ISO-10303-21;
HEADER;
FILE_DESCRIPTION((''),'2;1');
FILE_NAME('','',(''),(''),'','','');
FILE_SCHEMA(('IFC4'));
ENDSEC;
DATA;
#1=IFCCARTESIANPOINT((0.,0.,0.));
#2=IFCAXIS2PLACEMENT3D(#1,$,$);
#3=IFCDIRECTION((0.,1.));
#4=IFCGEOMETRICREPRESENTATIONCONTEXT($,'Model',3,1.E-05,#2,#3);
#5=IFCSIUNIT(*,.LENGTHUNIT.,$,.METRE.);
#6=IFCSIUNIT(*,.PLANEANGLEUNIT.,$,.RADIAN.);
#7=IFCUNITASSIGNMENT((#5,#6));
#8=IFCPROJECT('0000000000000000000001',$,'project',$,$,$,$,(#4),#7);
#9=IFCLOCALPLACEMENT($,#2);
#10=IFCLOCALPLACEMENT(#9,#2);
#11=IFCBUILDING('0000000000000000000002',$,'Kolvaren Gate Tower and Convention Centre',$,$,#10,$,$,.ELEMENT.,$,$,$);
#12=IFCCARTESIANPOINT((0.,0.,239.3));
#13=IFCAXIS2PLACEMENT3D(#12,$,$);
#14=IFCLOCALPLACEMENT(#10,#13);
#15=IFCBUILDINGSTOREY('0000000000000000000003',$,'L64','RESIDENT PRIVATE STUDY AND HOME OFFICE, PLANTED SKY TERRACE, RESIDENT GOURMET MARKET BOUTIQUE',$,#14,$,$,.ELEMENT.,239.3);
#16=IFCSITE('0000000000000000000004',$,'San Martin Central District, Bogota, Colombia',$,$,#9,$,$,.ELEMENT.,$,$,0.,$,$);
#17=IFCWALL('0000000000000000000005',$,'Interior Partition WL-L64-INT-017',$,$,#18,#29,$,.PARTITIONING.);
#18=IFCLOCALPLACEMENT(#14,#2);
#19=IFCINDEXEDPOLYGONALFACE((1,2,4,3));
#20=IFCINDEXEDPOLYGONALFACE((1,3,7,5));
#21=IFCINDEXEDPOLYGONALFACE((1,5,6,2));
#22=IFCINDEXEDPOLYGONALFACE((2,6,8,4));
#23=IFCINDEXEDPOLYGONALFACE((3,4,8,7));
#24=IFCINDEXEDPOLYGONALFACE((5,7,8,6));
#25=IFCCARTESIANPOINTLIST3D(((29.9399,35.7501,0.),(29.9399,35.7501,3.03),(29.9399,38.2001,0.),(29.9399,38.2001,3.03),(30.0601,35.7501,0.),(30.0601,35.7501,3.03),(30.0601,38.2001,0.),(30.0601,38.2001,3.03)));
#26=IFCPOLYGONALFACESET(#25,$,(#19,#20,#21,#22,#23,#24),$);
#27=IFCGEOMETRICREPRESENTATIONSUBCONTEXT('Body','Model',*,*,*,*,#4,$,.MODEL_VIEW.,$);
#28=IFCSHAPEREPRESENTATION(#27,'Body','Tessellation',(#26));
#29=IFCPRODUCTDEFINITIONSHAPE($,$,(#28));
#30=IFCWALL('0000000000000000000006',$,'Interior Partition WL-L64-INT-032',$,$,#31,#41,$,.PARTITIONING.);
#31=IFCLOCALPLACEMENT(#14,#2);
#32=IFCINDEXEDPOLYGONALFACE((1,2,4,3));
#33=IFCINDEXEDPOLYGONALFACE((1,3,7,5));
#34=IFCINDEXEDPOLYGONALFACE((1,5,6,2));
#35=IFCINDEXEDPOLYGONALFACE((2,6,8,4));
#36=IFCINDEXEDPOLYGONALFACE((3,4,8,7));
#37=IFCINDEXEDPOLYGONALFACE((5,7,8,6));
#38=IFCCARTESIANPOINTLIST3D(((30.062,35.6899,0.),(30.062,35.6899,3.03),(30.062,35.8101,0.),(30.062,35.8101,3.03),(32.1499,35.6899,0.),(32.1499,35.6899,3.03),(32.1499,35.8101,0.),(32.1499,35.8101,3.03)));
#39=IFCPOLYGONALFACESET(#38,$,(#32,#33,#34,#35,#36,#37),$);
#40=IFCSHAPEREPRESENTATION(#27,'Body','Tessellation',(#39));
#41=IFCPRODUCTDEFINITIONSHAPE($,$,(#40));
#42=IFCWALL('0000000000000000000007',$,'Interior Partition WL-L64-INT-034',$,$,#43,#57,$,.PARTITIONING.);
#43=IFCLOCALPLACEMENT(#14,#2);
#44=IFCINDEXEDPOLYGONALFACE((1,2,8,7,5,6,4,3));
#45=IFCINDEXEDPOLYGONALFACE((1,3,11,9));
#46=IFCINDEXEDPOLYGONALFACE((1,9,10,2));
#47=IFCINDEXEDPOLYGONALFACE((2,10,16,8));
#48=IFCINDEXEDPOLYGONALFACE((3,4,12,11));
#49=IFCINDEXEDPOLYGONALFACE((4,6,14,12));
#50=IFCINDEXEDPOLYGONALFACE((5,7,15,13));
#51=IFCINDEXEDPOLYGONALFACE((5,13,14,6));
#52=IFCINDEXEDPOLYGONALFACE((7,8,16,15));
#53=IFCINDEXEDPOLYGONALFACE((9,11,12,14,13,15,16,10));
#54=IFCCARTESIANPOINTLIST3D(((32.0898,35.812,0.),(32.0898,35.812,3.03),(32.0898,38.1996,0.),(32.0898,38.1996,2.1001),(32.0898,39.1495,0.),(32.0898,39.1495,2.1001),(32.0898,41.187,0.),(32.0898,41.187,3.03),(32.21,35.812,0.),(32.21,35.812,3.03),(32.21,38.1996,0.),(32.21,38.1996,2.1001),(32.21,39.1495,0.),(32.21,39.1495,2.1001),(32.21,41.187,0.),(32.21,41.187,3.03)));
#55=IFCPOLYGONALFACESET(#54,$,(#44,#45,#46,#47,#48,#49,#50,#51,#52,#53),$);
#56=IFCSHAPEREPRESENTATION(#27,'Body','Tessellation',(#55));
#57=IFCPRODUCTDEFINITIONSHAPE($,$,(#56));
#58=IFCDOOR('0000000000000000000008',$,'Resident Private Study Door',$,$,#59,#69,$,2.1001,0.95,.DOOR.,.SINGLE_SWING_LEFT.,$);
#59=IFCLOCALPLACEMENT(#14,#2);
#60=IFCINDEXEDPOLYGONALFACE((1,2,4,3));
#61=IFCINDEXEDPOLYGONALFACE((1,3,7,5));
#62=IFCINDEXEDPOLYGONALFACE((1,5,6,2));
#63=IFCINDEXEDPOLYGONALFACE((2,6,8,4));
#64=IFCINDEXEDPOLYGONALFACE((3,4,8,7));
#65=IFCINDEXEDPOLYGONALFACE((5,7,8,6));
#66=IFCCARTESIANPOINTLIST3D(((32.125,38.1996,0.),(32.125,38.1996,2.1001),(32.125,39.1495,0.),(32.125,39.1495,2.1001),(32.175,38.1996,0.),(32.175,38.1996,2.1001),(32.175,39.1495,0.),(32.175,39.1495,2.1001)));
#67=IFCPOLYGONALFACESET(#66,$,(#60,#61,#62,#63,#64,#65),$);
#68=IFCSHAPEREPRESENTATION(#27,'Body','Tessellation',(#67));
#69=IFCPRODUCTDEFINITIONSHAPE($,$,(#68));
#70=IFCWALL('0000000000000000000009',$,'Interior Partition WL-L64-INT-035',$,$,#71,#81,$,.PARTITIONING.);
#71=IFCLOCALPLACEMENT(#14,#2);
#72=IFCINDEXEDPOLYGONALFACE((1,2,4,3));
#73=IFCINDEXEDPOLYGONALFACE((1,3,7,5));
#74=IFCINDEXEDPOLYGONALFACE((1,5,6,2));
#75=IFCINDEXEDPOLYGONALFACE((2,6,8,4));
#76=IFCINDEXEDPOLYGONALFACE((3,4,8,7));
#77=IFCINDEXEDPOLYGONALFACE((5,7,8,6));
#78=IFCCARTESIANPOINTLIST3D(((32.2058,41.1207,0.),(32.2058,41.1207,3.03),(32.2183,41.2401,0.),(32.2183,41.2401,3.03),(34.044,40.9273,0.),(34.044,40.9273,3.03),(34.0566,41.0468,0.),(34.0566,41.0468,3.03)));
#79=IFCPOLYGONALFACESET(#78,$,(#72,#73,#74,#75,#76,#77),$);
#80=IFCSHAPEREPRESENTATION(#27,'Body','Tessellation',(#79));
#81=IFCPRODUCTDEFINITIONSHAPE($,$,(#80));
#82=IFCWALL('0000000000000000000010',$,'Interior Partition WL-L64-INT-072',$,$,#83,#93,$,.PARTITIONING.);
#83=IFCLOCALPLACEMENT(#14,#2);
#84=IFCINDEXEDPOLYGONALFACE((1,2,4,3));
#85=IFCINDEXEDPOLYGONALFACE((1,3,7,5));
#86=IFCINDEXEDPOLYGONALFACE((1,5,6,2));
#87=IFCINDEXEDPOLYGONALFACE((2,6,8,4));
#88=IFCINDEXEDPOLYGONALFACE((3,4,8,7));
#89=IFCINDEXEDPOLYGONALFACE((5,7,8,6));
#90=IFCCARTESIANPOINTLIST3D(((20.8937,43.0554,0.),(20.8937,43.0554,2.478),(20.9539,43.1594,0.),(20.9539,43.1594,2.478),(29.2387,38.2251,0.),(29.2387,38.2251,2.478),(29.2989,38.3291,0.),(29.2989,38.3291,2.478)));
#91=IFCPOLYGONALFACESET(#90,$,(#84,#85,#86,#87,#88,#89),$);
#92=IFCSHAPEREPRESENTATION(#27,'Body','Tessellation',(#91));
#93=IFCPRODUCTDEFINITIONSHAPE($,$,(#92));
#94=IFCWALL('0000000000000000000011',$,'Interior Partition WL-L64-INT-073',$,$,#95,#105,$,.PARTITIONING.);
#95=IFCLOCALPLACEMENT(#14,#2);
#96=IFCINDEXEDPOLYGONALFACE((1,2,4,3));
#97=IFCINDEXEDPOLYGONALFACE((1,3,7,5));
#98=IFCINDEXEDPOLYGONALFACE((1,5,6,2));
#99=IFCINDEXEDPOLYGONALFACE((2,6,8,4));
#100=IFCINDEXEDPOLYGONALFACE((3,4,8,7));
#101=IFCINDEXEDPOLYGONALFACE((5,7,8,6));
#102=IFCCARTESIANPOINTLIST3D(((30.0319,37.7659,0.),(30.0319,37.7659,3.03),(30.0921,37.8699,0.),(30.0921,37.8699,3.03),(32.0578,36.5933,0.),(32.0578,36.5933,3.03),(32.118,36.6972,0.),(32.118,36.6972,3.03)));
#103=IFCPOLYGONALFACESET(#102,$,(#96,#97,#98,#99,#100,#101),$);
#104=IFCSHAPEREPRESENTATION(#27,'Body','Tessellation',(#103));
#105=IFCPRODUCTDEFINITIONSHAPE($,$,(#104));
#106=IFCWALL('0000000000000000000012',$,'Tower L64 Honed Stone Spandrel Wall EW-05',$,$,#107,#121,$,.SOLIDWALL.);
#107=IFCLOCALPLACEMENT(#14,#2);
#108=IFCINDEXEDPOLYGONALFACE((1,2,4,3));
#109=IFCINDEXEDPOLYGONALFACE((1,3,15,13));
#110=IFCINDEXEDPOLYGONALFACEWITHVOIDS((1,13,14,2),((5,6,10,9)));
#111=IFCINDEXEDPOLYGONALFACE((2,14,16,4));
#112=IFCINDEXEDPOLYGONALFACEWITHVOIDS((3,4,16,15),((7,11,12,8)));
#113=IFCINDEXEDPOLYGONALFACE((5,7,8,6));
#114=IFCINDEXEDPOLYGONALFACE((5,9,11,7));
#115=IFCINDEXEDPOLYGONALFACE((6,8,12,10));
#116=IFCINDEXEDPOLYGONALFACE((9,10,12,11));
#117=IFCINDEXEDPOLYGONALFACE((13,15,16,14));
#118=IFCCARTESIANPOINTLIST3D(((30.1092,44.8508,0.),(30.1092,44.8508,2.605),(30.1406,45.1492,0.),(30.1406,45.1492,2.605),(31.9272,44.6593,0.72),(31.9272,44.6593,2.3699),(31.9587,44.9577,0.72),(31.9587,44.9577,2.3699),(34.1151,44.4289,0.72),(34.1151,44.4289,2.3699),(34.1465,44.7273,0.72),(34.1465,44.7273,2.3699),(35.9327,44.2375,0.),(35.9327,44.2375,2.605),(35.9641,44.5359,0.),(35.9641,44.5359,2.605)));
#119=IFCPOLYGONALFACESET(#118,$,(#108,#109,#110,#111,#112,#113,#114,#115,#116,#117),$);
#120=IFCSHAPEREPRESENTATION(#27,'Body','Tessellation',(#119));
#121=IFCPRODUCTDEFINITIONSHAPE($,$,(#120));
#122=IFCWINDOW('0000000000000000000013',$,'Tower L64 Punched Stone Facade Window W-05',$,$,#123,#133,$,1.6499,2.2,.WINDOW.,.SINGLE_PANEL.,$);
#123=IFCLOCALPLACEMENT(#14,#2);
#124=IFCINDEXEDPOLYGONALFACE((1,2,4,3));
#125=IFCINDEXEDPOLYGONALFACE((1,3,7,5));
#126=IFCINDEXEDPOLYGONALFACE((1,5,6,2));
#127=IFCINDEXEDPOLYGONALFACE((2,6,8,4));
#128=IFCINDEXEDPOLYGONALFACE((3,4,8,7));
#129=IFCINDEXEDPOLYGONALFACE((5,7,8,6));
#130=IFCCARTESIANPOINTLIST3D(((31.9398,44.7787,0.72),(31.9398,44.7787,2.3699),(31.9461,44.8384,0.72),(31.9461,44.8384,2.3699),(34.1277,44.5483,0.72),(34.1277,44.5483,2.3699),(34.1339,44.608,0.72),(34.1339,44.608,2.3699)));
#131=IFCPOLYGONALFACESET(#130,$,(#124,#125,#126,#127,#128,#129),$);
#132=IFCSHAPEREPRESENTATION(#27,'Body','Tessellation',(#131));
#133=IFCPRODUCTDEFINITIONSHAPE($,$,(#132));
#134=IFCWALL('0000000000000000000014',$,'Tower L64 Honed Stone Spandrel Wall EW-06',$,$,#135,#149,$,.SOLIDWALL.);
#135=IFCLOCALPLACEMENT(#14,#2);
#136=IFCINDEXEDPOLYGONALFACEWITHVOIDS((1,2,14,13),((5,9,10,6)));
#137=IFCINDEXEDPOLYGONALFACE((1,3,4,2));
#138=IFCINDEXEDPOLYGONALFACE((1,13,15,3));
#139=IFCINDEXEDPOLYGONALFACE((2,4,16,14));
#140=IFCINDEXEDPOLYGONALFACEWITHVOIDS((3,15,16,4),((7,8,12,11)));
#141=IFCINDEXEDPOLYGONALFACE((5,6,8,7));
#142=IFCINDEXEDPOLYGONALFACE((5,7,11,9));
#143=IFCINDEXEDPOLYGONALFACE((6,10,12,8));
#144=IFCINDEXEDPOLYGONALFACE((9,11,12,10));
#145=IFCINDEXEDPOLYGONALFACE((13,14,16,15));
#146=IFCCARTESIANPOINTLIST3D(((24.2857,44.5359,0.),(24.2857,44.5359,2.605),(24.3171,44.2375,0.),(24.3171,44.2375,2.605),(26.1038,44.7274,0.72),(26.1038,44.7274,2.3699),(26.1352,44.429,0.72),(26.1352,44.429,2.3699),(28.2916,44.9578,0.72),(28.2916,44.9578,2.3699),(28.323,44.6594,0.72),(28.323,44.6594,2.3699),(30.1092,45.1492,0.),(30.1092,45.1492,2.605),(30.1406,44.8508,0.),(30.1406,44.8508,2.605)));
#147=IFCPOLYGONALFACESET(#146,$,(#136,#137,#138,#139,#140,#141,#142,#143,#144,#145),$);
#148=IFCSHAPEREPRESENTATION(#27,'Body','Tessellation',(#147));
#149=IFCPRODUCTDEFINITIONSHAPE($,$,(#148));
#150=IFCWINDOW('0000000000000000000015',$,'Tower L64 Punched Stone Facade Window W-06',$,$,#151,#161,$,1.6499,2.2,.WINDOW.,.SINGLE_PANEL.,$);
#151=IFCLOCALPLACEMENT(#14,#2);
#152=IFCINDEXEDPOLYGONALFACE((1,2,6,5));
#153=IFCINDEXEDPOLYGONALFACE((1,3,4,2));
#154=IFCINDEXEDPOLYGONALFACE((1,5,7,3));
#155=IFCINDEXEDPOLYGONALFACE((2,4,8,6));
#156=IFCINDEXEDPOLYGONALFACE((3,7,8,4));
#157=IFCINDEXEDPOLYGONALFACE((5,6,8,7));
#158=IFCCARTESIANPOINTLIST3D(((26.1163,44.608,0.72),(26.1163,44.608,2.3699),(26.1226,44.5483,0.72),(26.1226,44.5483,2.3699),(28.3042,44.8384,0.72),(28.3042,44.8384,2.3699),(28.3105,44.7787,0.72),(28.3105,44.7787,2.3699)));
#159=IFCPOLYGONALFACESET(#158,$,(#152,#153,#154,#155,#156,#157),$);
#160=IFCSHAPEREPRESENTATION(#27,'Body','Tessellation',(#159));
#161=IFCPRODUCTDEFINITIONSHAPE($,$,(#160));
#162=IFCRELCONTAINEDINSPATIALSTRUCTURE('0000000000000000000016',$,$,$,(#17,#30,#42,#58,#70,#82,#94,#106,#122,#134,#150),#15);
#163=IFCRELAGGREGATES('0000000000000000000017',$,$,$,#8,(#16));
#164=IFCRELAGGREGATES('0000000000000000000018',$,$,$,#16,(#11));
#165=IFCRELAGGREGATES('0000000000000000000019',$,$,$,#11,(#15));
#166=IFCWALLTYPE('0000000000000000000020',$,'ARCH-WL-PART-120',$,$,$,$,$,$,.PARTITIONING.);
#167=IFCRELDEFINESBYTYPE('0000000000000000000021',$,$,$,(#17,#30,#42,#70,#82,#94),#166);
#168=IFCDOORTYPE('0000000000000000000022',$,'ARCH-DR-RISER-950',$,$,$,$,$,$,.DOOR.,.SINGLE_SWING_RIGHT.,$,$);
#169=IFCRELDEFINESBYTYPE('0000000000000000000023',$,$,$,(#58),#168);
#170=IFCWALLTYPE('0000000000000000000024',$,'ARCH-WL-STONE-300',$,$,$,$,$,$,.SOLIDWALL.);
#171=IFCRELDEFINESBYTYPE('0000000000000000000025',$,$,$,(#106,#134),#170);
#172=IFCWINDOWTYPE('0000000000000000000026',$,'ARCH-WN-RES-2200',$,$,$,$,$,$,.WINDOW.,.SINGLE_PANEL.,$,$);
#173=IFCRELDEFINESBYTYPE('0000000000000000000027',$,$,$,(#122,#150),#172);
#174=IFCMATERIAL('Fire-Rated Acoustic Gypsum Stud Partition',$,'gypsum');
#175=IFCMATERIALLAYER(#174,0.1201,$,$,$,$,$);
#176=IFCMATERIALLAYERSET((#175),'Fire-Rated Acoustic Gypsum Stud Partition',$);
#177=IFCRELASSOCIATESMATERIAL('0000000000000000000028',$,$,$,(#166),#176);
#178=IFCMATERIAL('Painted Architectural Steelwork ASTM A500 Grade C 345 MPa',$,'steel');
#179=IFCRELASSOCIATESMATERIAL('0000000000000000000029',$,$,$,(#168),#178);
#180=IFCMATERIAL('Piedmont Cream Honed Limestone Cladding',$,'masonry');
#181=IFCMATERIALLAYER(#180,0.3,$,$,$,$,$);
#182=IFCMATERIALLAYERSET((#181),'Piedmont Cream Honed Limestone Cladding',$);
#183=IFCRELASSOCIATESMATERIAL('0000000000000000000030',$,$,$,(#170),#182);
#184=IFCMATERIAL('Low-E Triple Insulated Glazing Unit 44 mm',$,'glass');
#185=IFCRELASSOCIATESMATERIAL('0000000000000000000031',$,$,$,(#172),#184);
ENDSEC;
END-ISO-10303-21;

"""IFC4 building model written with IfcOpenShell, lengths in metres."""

from ifc_helpers import new_model, si_unit, direction, frame, frame_2d, origin, place, context, subcontext, project, spatial, rectangle, extrude, material, layer, layer_set, type_object, element, fill, save


model = new_model("IFC4")

# Units and contexts
model_context = context("Model", 3, precision=1e-05, world=origin(), true_north=direction((0.0, 1.0)))
body_context = subcontext(model_context, "Body", "Model", "MODEL_VIEW")
ifc_project = project(units=[si_unit("LENGTHUNIT", "METRE"), si_unit("PLANEANGLEUNIT", "RADIAN")], contexts=[model_context])

# Site, building, storey
site_placement = place(None, origin())
site = spatial("IfcSite", under=ifc_project, at=site_placement, Name="San Martin Central District, Bogota, Colombia", CompositionType="ELEMENT", RefElevation=0.0)
building_placement = place(site_placement, origin())
building = spatial("IfcBuilding", under=site, at=building_placement, Name="Kolvaren Gate Tower and Convention Centre", CompositionType="ELEMENT")
storey_placement = place(building_placement, frame((0.0, 0.0, 239.3)))
storey = spatial("IfcBuildingStorey", under=building, at=storey_placement, Name="L64", Description="RESIDENT PRIVATE STUDY AND HOME OFFICE, PLANTED SKY TERRACE, RESIDENT GOURMET MARKET BOUTIQUE", CompositionType="ELEMENT", Elevation=239.3)

# Walls
ifc_material_1 = material(Name="Fire-Rated Acoustic Gypsum Stud Partition", Category="gypsum")
ifc_layer_1 = layer(ifc_material_1, 0.1201)
ifc_layer_set_1 = layer_set([ifc_layer_1], Name="Fire-Rated Acoustic Gypsum Stud Partition")
wall_type_1 = type_object("IfcWallType", Name="ARCH-WL-PART-120", PredefinedType="PARTITIONING", material=ifc_layer_set_1)
wall_1_placement = place(storey_placement, frame((30.0, 35.75, 0.0), z_axis=(0.0, 0.0, 1.0), x_axis=(0.0, 1.0, 0.0)))
element("IfcWall", 1, at=wall_1_placement, inside=storey, type_object=wall_type_1, Name="Interior Partition WL-L64-INT-017", PredefinedType="PARTITIONING", context=body_context, shape_type="SweptSolid", body=[
    extrude(rectangle(XDim=2.45, YDim=0.1201, at=frame_2d((1.2251, 0.0))), origin(), (0.0, 0.0, 1.0), 3.03),
])
wall_2_placement = place(storey_placement, frame((30.062, 35.75, 0.0), z_axis=(0.0, 0.0, 1.0), x_axis=(1.0, 0.0, 0.0)))
element("IfcWall", 2, at=wall_2_placement, inside=storey, type_object=wall_type_1, Name="Interior Partition WL-L64-INT-032", PredefinedType="PARTITIONING", context=body_context, shape_type="SweptSolid", body=[
    extrude(rectangle(XDim=2.0879, YDim=0.1201, at=frame_2d((1.0439, 0.0))), origin(), (0.0, 0.0, 1.0), 3.03),
])

# Wall, opening, door
wall_3_placement = place(storey_placement, frame((32.1499, 35.812, 0.0), z_axis=(0.0, 0.0, 1.0), x_axis=(0.0, 1.0, 0.0)))
wall_3 = element("IfcWall", 3, at=wall_3_placement, inside=storey, type_object=wall_type_1, Name="Interior Partition WL-L64-INT-034", PredefinedType="PARTITIONING", context=body_context, shape_type="SweptSolid", body=[
    extrude(rectangle(XDim=5.375, YDim=0.1201, at=frame_2d((2.6875, 0.0))), origin(), (0.0, 0.0, 1.0), 3.03),
])
opening_1_placement = place(wall_3_placement, frame((2.3875, 0.0, 0.0)))
opening_1 = element("IfcOpeningElement", 4, at=opening_1_placement, cuts=wall_3, PredefinedType="OPENING", context=body_context, shape_type="SweptSolid", body=[
    extrude(rectangle(XDim=0.95, YDim=2.1001, at=frame_2d((0.4751, 1.05))), frame((0.0, 0.0701, 0.0), z_axis=(0.0, -1.0, 0.0), x_axis=(1.0, 0.0, 0.0)), (0.0, 0.0, 1.0), 0.1401),
])
ifc_material_2 = material(Name="Painted Architectural Steelwork ASTM A500 Grade C 345 MPa", Category="steel")
door_type = type_object("IfcDoorType", Name="ARCH-DR-RISER-950", OperationType="SINGLE_SWING_RIGHT", PredefinedType="DOOR", material=ifc_material_2)
door_1_placement = place(opening_1_placement, origin())
door_1 = element("IfcDoor", 5, at=door_1_placement, inside=storey, type_object=door_type, Name="Resident Private Study Door", OperationType="SINGLE_SWING_LEFT", OverallHeight=2.1001, OverallWidth=0.95, PredefinedType="DOOR", context=body_context, shape_type="SweptSolid", body=[
    extrude(rectangle(XDim=0.95, YDim=2.1001, at=frame_2d((0.4751, 1.05))), frame((0.0, 0.0249, 0.0), z_axis=(0.0, -1.0, 0.0), x_axis=(1.0, 0.0, 0.0)), (0.0, 0.0, 1.0), 0.05),
])
fill(opening_1, door_1)

# Walls
wall_4_placement = place(storey_placement, frame((32.2119, 41.1804, 0.0), z_axis=(0.0, 0.0, 1.0), x_axis=(0.994513, -0.104616, 0.0)))
element("IfcWall", 6, at=wall_4_placement, inside=storey, type_object=wall_type_1, Name="Interior Partition WL-L64-INT-035", PredefinedType="PARTITIONING", context=body_context, shape_type="SweptSolid", body=[
    extrude(rectangle(XDim=1.8484, YDim=0.1201, at=frame_2d((0.9243, 0.0))), origin(), (0.0, 0.0, 1.0), 3.03),
])
wall_5_placement = place(storey_placement, frame((20.9238, 43.1074, 0.0), z_axis=(0.0, 0.0, 1.0), x_axis=(0.86547, -0.50096, 0.0)))
element("IfcWall", 7, at=wall_5_placement, inside=storey, type_object=wall_type_1, Name="Interior Partition WL-L64-INT-072", PredefinedType="PARTITIONING", context=body_context, shape_type="SweptSolid", body=[
    extrude(rectangle(XDim=9.6421, YDim=0.1201, at=frame_2d((4.821, 0.0))), origin(), (0.0, 0.0, 1.0), 2.478),
])
wall_6_placement = place(storey_placement, frame((30.062, 37.8179, 0.0), z_axis=(0.0, 0.0, 1.0), x_axis=(0.865476, -0.50095, 0.0)))
element("IfcWall", 8, at=wall_6_placement, inside=storey, type_object=wall_type_1, Name="Interior Partition WL-L64-INT-073", PredefinedType="PARTITIONING", context=body_context, shape_type="SweptSolid", body=[
    extrude(rectangle(XDim=2.3408, YDim=0.1201, at=frame_2d((1.1704, 0.0))), origin(), (0.0, 0.0, 1.0), 3.03),
])

# Walls, openings, windows
ifc_material_3 = material(Name="Piedmont Cream Honed Limestone Cladding", Category="masonry")
ifc_layer_2 = layer(ifc_material_3, 0.3)
ifc_layer_set_2 = layer_set([ifc_layer_2], Name="Piedmont Cream Honed Limestone Cladding")
wall_type_2 = type_object("IfcWallType", Name="ARCH-WL-STONE-300", PredefinedType="SOLIDWALL", material=ifc_layer_set_2)
wall_7_placement = place(storey_placement, frame((30.125, 45.0, 0.0), z_axis=(0.0, 0.0, 1.0), x_axis=(0.9945, -0.104733, 0.0)))
wall_7 = element("IfcWall", 9, at=wall_7_placement, inside=storey, type_object=wall_type_2, Name="Tower L64 Honed Stone Spandrel Wall EW-05", PredefinedType="SOLIDWALL", context=body_context, shape_type="SweptSolid", body=[
    extrude(rectangle(XDim=5.8557, YDim=0.3, at=frame_2d((2.9277, 0.0))), origin(), (0.0, 0.0, 1.0), 2.605),
])
opening_2_placement = place(wall_7_placement, frame((1.8279, 0.0, 0.72)))
opening_2 = element("IfcOpeningElement", 10, at=opening_2_placement, cuts=wall_7, PredefinedType="OPENING", context=body_context, shape_type="SweptSolid", body=[
    extrude(rectangle(XDim=2.2, YDim=1.6499, at=frame_2d((1.1001, 0.825))), frame((0.0, 0.1599, 0.0), z_axis=(0.0, -1.0, 0.0), x_axis=(1.0, 0.0, 0.0)), (0.0, 0.0, 1.0), 0.3201),
])
ifc_material_4 = material(Name="Low-E Triple Insulated Glazing Unit 44 mm", Category="glass")
window_type = type_object("IfcWindowType", Name="ARCH-WN-RES-2200", PartitioningType="SINGLE_PANEL", PredefinedType="WINDOW", material=ifc_material_4)
window_1_placement = place(opening_2_placement, origin())
window_1 = element("IfcWindow", 11, at=window_1_placement, inside=storey, type_object=window_type, Name="Tower L64 Punched Stone Facade Window W-05", OverallHeight=1.6499, OverallWidth=2.2, PartitioningType="SINGLE_PANEL", PredefinedType="WINDOW", context=body_context, shape_type="SweptSolid", body=[
    extrude(rectangle(XDim=2.2, YDim=1.6499, at=frame_2d((1.1001, 0.825))), frame((0.0, 0.03, 0.0), z_axis=(0.0, -1.0, 0.0), x_axis=(1.0, 0.0, 0.0)), (0.0, 0.0, 1.0), 0.0601),
])
fill(opening_2, window_1)
wall_8_placement = place(storey_placement, frame((24.3015, 44.3867, 0.0), z_axis=(0.0, 0.0, 1.0), x_axis=(0.9945, 0.104733, 0.0)))
wall_8 = element("IfcWall", 12, at=wall_8_placement, inside=storey, type_object=wall_type_2, Name="Tower L64 Honed Stone Spandrel Wall EW-06", PredefinedType="SOLIDWALL", context=body_context, shape_type="SweptSolid", body=[
    extrude(rectangle(XDim=5.8557, YDim=0.3, at=frame_2d((2.9277, 0.0))), origin(), (0.0, 0.0, 1.0), 2.605),
])
opening_3_placement = place(wall_8_placement, frame((1.8279, 0.0, 0.72)))
opening_3 = element("IfcOpeningElement", 13, at=opening_3_placement, cuts=wall_8, PredefinedType="OPENING", context=body_context, shape_type="SweptSolid", body=[
    extrude(rectangle(XDim=2.2, YDim=1.6499, at=frame_2d((1.1001, 0.825))), frame((0.0, 0.1599, 0.0), z_axis=(0.0, -1.0, 0.0), x_axis=(1.0, 0.0, 0.0)), (0.0, 0.0, 1.0), 0.3201),
])
window_2_placement = place(opening_3_placement, origin())
window_2 = element("IfcWindow", 14, at=window_2_placement, inside=storey, type_object=window_type, Name="Tower L64 Punched Stone Facade Window W-06", OverallHeight=1.6499, OverallWidth=2.2, PartitioningType="SINGLE_PANEL", PredefinedType="WINDOW", context=body_context, shape_type="SweptSolid", body=[
    extrude(rectangle(XDim=2.2, YDim=1.6499, at=frame_2d((1.1001, 0.825))), frame((0.0, 0.03, 0.0), z_axis=(0.0, -1.0, 0.0), x_axis=(1.0, 0.0, 0.0)), (0.0, 0.0, 1.0), 0.0601),
])
fill(opening_3, window_2)

save(model, "model.ifc")
